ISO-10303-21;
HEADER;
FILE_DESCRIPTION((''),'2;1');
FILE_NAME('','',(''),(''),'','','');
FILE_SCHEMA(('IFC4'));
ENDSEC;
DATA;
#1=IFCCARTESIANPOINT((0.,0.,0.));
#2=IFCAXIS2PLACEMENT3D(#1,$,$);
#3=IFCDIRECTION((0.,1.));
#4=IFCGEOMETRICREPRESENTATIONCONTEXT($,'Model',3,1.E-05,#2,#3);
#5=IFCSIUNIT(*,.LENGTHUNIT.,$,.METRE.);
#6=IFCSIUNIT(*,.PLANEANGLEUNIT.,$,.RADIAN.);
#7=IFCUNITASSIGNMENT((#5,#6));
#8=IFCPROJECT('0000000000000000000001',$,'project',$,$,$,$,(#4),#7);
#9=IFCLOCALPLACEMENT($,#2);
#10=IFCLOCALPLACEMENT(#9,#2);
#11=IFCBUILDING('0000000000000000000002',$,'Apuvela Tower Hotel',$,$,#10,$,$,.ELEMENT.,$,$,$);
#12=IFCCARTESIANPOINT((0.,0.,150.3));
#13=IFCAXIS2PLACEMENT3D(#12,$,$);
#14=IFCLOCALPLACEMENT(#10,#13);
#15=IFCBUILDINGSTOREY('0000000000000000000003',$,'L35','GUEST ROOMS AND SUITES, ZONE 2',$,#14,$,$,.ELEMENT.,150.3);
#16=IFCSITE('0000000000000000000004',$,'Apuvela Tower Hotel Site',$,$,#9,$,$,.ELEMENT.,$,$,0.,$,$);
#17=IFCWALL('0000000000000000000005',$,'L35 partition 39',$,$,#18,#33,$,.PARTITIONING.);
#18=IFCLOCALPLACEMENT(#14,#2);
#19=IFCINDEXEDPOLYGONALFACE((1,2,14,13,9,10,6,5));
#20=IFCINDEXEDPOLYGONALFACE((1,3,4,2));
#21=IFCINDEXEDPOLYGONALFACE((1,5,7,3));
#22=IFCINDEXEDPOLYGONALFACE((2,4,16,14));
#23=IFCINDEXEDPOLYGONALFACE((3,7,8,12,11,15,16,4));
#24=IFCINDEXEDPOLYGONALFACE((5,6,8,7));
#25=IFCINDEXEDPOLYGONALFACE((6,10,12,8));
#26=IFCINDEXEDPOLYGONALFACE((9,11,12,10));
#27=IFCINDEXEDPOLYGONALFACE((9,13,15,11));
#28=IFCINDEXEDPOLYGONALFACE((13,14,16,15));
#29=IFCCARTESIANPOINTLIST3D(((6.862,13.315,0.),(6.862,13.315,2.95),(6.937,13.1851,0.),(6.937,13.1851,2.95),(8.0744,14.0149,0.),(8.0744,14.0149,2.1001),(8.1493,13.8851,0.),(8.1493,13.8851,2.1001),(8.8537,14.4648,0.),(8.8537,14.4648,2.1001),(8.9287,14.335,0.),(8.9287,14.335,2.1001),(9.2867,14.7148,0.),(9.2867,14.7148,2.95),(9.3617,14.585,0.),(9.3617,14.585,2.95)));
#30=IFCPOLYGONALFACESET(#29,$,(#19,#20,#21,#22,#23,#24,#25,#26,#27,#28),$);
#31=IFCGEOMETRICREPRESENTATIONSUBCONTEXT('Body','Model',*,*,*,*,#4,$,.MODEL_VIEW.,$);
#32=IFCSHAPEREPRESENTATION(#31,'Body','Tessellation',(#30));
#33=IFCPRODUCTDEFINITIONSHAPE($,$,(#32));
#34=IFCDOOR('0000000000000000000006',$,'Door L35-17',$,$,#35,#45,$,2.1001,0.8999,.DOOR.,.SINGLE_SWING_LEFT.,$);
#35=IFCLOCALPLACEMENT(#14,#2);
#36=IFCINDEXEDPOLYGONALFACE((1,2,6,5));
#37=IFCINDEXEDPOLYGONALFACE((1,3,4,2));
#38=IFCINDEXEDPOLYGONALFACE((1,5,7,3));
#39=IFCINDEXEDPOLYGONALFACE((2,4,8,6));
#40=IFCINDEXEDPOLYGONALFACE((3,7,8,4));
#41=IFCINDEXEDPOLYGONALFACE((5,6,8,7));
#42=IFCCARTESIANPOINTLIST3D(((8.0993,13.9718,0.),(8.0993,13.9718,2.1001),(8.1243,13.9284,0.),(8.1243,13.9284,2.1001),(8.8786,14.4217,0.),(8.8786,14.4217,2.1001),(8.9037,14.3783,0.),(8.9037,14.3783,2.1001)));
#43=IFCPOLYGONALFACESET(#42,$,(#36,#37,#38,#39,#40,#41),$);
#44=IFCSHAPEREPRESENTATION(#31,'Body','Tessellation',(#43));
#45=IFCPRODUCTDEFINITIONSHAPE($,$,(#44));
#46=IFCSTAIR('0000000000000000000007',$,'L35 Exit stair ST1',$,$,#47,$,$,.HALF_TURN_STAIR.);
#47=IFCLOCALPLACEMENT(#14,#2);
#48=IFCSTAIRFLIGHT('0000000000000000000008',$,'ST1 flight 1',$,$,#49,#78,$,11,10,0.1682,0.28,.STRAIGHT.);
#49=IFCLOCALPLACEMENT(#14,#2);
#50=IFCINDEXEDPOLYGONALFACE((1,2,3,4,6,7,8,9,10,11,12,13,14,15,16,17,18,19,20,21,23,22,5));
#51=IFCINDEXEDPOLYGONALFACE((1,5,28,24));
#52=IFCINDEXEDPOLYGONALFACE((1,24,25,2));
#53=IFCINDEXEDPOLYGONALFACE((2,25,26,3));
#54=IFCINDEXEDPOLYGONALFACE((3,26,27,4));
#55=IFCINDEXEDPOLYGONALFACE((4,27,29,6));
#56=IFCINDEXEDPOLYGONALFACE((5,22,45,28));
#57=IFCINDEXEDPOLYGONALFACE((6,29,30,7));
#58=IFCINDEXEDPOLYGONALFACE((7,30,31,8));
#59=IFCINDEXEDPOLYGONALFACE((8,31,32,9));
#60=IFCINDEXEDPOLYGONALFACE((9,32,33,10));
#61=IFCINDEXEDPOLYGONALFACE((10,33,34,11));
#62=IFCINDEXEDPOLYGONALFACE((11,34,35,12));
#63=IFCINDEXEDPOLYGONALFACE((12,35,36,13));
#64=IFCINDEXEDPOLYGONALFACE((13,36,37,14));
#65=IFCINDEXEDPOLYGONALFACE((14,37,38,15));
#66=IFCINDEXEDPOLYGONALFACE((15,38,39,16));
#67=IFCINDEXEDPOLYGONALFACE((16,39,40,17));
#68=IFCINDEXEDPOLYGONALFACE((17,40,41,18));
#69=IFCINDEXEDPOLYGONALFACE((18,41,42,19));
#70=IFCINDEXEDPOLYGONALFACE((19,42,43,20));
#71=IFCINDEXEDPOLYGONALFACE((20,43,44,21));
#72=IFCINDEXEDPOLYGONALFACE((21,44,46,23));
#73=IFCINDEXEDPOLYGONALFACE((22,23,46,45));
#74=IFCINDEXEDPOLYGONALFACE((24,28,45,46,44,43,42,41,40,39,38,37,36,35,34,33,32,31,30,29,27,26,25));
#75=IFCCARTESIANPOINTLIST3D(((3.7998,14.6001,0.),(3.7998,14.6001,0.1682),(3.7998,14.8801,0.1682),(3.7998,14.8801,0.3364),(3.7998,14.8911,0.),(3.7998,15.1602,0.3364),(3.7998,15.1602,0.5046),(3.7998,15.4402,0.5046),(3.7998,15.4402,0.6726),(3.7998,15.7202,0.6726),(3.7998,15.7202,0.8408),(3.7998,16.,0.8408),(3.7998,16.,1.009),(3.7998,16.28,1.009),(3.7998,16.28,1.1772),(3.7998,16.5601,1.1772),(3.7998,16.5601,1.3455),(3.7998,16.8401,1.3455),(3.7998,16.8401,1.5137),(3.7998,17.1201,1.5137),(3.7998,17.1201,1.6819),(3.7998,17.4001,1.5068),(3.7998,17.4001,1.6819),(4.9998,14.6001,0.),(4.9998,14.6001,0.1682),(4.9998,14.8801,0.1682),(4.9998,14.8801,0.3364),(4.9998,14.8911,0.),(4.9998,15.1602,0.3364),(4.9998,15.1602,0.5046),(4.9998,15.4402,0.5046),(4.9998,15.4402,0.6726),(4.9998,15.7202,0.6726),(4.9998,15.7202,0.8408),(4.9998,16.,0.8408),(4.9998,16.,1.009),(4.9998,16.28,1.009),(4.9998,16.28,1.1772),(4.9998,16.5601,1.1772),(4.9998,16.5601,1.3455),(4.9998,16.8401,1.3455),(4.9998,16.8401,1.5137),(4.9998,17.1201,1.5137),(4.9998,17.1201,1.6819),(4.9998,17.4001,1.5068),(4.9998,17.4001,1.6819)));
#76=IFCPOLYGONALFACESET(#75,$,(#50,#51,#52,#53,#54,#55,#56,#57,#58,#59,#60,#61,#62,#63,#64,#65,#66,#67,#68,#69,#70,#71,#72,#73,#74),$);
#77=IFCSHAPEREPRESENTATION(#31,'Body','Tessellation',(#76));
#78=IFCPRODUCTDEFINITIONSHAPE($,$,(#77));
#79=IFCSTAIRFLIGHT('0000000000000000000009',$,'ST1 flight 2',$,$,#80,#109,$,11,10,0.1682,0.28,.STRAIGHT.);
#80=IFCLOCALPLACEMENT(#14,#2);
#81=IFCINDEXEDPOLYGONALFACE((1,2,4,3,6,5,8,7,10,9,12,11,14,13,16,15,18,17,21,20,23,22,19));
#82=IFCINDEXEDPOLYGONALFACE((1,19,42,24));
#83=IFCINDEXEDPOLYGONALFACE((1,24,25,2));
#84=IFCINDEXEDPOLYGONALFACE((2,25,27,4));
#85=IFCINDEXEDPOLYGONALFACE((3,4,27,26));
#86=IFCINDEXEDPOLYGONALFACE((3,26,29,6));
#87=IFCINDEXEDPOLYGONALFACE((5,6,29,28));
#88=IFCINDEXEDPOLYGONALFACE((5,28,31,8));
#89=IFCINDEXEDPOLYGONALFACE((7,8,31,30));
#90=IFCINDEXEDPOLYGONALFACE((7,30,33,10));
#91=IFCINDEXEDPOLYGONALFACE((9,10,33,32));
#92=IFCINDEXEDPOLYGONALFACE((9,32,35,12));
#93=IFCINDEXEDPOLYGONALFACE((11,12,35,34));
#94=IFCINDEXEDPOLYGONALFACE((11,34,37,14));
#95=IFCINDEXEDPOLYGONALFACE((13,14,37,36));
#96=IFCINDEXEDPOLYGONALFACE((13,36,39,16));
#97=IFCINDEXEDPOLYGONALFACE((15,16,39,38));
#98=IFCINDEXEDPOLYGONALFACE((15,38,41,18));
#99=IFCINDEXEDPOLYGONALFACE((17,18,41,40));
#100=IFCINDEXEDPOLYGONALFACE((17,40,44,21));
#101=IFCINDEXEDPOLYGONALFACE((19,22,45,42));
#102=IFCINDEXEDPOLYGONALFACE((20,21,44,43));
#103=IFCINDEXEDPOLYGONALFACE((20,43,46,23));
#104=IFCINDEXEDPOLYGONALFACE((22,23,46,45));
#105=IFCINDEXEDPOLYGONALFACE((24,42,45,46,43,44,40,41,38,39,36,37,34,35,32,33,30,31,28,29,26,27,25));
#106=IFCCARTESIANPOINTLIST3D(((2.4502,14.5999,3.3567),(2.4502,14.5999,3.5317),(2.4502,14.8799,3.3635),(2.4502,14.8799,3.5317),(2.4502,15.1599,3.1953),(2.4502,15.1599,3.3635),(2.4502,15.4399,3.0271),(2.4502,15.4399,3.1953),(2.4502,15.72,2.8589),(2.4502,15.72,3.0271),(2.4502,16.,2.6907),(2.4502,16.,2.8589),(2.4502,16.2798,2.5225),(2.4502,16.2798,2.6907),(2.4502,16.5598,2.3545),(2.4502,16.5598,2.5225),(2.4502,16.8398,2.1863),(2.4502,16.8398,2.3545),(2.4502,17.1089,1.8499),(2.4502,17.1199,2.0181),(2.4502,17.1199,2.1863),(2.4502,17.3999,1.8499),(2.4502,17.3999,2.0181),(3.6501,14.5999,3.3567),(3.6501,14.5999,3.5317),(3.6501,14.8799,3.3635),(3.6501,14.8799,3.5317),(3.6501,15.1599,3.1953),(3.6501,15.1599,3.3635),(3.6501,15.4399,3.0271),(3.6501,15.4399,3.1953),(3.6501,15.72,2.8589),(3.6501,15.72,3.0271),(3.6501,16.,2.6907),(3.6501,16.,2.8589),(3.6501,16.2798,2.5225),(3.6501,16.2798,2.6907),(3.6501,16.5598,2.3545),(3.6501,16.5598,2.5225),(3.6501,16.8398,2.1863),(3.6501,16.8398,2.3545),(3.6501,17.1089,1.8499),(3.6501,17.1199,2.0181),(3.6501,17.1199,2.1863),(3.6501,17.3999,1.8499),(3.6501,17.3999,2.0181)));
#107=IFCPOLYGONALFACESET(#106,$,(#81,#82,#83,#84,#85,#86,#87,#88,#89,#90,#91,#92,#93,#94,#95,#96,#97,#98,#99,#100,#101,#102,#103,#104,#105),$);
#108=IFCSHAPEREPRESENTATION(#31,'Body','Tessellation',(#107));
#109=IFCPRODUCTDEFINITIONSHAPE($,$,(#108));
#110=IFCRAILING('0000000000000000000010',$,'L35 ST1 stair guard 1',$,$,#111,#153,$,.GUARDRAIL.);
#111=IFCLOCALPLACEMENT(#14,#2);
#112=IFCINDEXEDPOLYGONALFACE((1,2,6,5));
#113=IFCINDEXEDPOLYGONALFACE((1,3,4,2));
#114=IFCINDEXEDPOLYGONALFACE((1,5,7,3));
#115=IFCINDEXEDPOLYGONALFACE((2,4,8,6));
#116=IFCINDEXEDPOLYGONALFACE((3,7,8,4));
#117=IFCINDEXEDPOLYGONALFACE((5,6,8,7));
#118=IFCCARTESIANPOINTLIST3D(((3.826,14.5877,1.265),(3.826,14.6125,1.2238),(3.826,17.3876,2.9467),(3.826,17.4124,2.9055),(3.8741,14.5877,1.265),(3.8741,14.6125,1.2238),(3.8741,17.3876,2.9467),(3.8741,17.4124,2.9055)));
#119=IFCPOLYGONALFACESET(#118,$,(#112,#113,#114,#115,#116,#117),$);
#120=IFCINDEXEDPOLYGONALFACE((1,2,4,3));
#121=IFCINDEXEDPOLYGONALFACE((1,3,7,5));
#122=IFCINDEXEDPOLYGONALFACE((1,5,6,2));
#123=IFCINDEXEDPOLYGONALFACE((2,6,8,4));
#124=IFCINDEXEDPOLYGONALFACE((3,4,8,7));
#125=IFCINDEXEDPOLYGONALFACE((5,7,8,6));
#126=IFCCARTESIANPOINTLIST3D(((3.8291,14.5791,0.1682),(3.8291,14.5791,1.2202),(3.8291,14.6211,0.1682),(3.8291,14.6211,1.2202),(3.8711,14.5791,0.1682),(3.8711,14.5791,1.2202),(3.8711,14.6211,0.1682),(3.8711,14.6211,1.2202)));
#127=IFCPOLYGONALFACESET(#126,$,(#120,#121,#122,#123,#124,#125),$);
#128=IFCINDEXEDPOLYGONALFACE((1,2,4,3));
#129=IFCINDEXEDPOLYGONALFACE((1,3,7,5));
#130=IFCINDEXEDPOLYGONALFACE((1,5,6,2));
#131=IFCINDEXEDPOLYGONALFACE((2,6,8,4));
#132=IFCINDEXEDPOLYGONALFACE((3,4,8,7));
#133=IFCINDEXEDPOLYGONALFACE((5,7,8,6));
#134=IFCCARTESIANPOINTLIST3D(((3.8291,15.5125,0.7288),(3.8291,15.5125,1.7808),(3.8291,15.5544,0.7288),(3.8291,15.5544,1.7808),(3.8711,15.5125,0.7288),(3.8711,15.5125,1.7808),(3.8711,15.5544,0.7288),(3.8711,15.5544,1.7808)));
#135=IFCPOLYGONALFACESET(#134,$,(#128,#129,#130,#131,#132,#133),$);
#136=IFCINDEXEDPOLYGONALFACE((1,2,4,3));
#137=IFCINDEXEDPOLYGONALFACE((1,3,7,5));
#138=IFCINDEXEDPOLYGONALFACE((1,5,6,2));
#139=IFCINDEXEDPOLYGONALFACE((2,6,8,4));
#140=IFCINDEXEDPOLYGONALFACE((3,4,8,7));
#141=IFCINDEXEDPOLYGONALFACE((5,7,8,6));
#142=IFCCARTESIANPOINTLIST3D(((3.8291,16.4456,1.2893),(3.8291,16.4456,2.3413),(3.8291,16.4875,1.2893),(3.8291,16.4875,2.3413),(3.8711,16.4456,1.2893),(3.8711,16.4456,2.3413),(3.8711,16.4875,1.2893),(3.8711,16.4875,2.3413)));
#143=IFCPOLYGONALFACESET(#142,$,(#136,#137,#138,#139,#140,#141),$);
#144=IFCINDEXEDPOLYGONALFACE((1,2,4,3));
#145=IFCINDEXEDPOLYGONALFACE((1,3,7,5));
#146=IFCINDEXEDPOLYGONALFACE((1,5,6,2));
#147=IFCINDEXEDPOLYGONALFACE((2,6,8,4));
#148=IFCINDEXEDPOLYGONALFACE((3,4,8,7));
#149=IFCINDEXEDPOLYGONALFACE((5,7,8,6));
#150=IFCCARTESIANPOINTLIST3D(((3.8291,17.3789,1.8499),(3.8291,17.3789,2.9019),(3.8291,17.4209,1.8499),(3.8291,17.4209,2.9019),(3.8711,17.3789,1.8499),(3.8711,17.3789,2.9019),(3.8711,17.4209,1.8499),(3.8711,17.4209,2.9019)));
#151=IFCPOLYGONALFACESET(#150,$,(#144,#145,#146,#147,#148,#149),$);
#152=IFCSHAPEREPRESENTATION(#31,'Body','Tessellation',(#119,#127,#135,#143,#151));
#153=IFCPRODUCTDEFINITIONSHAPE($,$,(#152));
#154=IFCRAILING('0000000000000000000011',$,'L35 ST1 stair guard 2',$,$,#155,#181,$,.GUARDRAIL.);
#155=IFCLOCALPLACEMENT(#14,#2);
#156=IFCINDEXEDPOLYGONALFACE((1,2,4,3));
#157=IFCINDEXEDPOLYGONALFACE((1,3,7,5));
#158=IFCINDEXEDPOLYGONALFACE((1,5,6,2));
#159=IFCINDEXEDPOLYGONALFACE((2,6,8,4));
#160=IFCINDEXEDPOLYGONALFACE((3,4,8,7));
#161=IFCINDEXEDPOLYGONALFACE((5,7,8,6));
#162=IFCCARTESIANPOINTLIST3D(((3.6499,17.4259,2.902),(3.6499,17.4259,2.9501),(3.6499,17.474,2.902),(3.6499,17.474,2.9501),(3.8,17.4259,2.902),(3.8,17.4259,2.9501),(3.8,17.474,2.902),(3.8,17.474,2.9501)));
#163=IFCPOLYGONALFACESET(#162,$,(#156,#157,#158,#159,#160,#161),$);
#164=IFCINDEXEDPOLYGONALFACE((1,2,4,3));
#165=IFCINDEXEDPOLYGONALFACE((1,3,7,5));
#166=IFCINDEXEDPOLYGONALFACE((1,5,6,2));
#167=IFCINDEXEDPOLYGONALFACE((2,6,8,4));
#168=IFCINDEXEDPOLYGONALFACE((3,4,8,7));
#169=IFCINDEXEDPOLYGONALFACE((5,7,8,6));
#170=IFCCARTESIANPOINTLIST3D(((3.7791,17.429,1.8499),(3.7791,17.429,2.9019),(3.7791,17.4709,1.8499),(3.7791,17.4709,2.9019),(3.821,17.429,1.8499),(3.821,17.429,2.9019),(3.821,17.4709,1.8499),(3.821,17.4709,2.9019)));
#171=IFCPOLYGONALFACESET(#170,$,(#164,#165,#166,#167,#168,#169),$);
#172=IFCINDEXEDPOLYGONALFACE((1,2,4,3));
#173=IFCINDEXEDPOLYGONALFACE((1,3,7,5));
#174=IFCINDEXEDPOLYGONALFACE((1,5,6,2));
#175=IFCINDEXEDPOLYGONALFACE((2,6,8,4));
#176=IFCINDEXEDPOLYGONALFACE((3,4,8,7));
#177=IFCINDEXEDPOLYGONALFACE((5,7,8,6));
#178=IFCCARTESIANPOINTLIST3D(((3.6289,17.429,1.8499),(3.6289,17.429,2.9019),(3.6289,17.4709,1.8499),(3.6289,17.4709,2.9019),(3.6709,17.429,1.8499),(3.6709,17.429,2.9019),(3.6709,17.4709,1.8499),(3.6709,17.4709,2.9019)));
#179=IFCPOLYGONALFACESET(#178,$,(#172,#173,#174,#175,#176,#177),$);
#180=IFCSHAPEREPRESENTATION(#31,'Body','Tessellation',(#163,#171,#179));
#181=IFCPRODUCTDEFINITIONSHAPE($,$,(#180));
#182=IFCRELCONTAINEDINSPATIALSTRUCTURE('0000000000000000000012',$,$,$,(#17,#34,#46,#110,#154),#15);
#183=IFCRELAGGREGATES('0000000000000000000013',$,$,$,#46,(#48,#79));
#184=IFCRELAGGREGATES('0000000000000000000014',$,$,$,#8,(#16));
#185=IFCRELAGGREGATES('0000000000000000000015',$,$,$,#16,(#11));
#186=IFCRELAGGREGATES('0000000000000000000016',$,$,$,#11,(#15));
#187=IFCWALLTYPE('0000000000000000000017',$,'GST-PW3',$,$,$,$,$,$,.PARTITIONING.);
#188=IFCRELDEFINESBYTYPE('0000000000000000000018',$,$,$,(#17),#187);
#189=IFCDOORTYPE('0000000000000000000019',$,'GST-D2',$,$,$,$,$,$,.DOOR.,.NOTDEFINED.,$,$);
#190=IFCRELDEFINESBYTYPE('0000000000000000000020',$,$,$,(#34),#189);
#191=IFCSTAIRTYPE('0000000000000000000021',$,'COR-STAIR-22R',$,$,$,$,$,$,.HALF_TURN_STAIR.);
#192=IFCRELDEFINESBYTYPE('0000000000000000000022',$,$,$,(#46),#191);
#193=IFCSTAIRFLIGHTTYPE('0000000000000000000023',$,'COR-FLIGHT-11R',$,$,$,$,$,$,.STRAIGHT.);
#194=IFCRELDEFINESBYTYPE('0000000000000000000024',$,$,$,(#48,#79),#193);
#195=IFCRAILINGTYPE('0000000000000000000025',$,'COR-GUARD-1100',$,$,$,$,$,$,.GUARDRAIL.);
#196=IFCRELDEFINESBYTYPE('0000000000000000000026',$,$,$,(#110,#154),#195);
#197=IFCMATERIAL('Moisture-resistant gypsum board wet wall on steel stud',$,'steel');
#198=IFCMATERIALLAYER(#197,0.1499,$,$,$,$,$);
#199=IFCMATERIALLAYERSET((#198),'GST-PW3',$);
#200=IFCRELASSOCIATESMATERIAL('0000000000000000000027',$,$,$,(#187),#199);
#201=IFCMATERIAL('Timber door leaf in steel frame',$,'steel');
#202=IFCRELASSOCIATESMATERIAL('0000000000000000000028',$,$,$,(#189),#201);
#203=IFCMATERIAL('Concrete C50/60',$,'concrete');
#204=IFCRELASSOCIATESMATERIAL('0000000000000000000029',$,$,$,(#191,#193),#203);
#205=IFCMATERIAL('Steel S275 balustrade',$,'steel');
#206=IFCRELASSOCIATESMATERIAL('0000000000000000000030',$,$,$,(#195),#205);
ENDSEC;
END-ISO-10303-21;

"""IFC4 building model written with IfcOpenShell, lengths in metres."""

from ifc_helpers import new_model, si_unit, direction, frame, frame_2d, origin, origin_2d, place, context, subcontext, project, spatial, polyline, rectangle, outline, extrude, material, layer, layer_set, type_object, element, fill, aggregate, save


model = new_model("IFC4")

# Units and contexts
model_context = context("Model", 3, precision=1e-05, world=origin(), true_north=direction((0.0, 1.0)))
body_context = subcontext(model_context, "Body", "Model", "MODEL_VIEW")
ifc_project = project(units=[si_unit("LENGTHUNIT", "METRE"), si_unit("PLANEANGLEUNIT", "RADIAN")], contexts=[model_context])

# Site, building, storey
site_placement = place(None, origin())
site = spatial("IfcSite", under=ifc_project, at=site_placement, Name="Apuvela Tower Hotel Site", CompositionType="ELEMENT", RefElevation=0.0)
building_placement = place(site_placement, origin())
building = spatial("IfcBuilding", under=site, at=building_placement, Name="Apuvela Tower Hotel", CompositionType="ELEMENT")
storey_placement = place(building_placement, frame((0.0, 0.0, 150.3)))
storey = spatial("IfcBuildingStorey", under=building, at=storey_placement, Name="L35", Description="GUEST ROOMS AND SUITES, ZONE 2", CompositionType="ELEMENT", Elevation=150.3)

# Shared definitions
ifc_material_1 = material(Name="Concrete C50/60", Category="concrete")

# Wall, opening, door
ifc_material_2 = material(Name="Moisture-resistant gypsum board wet wall on steel stud", Category="steel")
ifc_layer_1 = layer(ifc_material_2, 0.1499)
ifc_layer_set_1 = layer_set([ifc_layer_1], Name="GST-PW3")
wall_type_1 = type_object("IfcWallType", Name="GST-PW3", PredefinedType="PARTITIONING", material=ifc_layer_set_1)
wall_1_placement = place(storey_placement, frame((9.3242, 14.6499, 0.0), z_axis=(0.0, 0.0, 1.0), x_axis=(-0.866035, -0.499984, 0.0)))
wall_1 = element("IfcWall", 1, at=wall_1_placement, inside=storey, type_object=wall_type_1, Name="L35 partition 39", PredefinedType="PARTITIONING", context=body_context, shape_type="SweptSolid", body=[
    extrude(rectangle(XDim=2.7998, YDim=0.1499, at=frame_2d((1.3999, 0.0))), origin(), (0.0, 0.0, 1.0), 2.95),
])
opening_1_placement = place(wall_1_placement, frame((0.5, 0.0, 0.0)))
opening_1 = element("IfcOpeningElement", 2, at=opening_1_placement, cuts=wall_1, PredefinedType="OPENING", context=body_context, shape_type="SweptSolid", body=[
    extrude(rectangle(XDim=0.8999, YDim=2.1001, at=frame_2d((0.45, 1.05))), frame((0.0, 0.085, 0.0), z_axis=(0.0, -1.0, 0.0), x_axis=(1.0, 0.0, 0.0)), (0.0, 0.0, 1.0), 0.1699),
])
ifc_material_3 = material(Name="Timber door leaf in steel frame", Category="steel")
door_type_1 = type_object("IfcDoorType", Name="GST-D2", OperationType="NOTDEFINED", PredefinedType="DOOR", material=ifc_material_3)
door_1_placement = place(opening_1_placement, origin())
door_1 = element("IfcDoor", 3, at=door_1_placement, inside=storey, type_object=door_type_1, Name="Door L35-17", OperationType="SINGLE_SWING_LEFT", OverallHeight=2.1001, OverallWidth=0.8999, PredefinedType="DOOR", context=body_context, shape_type="SweptSolid", body=[
    extrude(rectangle(XDim=0.8999, YDim=2.1001, at=frame_2d((0.45, 1.05))), frame((0.0, 0.0249, 0.0), z_axis=(0.0, -1.0, 0.0), x_axis=(1.0, 0.0, 0.0)), (0.0, 0.0, 1.0), 0.05),
])
fill(opening_1, door_1)

# Stair, stair flights
stair_type = type_object("IfcStairType", Name="COR-STAIR-22R", PredefinedType="HALF_TURN_STAIR", material=ifc_material_1)
stair_placement = place(storey_placement, origin())
stair = element("IfcStair", 4, at=stair_placement, inside=storey, type_object=stair_type, Name="L35 Exit stair ST1", PredefinedType="HALF_TURN_STAIR")
stair_flight_type = type_object("IfcStairFlightType", Name="COR-FLIGHT-11R", PredefinedType="STRAIGHT", material=ifc_material_1)
stair_flight_1_placement = place(storey_placement, frame((4.3999, 14.6001, 0.0), z_axis=(0.0, 0.0, 1.0), x_axis=(0.0, 1.0, 0.0)))
stair_flight_1 = element("IfcStairFlight", 5, at=stair_flight_1_placement, type_object=stair_flight_type, Name="ST1 flight 1", NumberOfRisers=11, NumberOfTreads=10, PredefinedType="STRAIGHT", RiserHeight=0.1682, TreadLength=0.28, context=body_context, shape_type="SweptSolid", body=[
    extrude(outline(polyline([(0.0, 0.0), (0.0, 0.1682), (0.28, 0.1682), (0.28, 0.3364), (0.5601, 0.3364), (0.5601, 0.5046), (0.8401, 0.5046), (0.8401, 0.6726), (1.1201, 0.6726), (1.1201, 0.8408), (1.3999, 0.8408), (1.3999, 1.009), (1.6799, 1.009), (1.6799, 1.1772), (1.96, 1.1772), (1.96, 1.3455), (2.24, 1.3455), (2.24, 1.5137), (2.52, 1.5137), (2.52, 1.6819), (2.8, 1.6819), (2.8, 1.8501), (2.8, 1.5068), (0.291, 0.0), (0.0, 0.0)])), frame((0.0, 0.6001, 0.0), z_axis=(0.0, -1.0, 0.0), x_axis=(1.0, 0.0, 0.0)), (0.0, 0.0, 1.0), 1.2),
])
stair_flight_2_placement = place(storey_placement, frame((3.05, 17.3999, 1.8499), z_axis=(0.0, 0.0, 1.0), x_axis=(0.0, -1.0, 0.0)))
stair_flight_2 = element("IfcStairFlight", 6, at=stair_flight_2_placement, type_object=stair_flight_type, Name="ST1 flight 2", NumberOfRisers=11, NumberOfTreads=10, PredefinedType="STRAIGHT", RiserHeight=0.1682, TreadLength=0.28, context=body_context, shape_type="SweptSolid", body=[
    extrude(outline(polyline([(0.0, 0.0), (0.0, 0.1682), (0.28, 0.1682), (0.28, 0.3364), (0.5601, 0.3364), (0.5601, 0.5046), (0.8401, 0.5046), (0.8401, 0.6726), (1.1201, 0.6726), (1.1201, 0.8408), (1.3999, 0.8408), (1.3999, 1.009), (1.6799, 1.009), (1.6799, 1.1772), (1.96, 1.1772), (1.96, 1.3455), (2.24, 1.3455), (2.24, 1.5137), (2.52, 1.5137), (2.52, 1.6819), (2.8, 1.6819), (2.8, 1.8501), (2.8, 1.5068), (0.291, 0.0), (0.0, 0.0)])), frame((0.0, 0.6001, 0.0), z_axis=(0.0, -1.0, 0.0), x_axis=(1.0, 0.0, 0.0)), (0.0, 0.0, 1.0), 1.2),
])
aggregate(stair, [stair_flight_1, stair_flight_2])

# Railings
ifc_material_4 = material(Name="Steel S275 balustrade", Category="steel")
railing_type_1 = type_object("IfcRailingType", Name="COR-GUARD-1100", PredefinedType="GUARDRAIL", material=ifc_material_4)
railing_1_placement = place(storey_placement, frame((3.8501, 14.6001, 0.1682)))
element("IfcRailing", 7, at=railing_1_placement, inside=storey, type_object=railing_type_1, Name="L35 ST1 stair guard 1", PredefinedType="GUARDRAIL", context=body_context, shape_type="SweptSolid", body=[
    extrude(rectangle(XDim=0.0481, YDim=0.0481, at=origin_2d()), frame((0.0, 0.0, 1.0762), z_axis=(0.0, 0.857255, 0.514891), x_axis=(-1.0, 0.0, 0.0)), (0.0, 0.0, 1.0), 3.2661),
    extrude(rectangle(XDim=0.042, YDim=0.042, at=origin_2d()), origin(), (0.0, 0.0, 1.0), 1.052),
    extrude(rectangle(XDim=0.042, YDim=0.042, at=origin_2d()), frame((0.0, 0.9333, 0.5605)), (0.0, 0.0, 1.0), 1.052),
    extrude(rectangle(XDim=0.042, YDim=0.042, at=origin_2d()), frame((0.0, 1.8665, 1.1211)), (0.0, 0.0, 1.0), 1.052),
    extrude(rectangle(XDim=0.042, YDim=0.042, at=origin_2d()), frame((0.0, 2.7998, 1.6816)), (0.0, 0.0, 1.0), 1.052),
])
railing_2_placement = place(storey_placement, frame((3.8, 17.45, 1.8499)))
element("IfcRailing", 8, at=railing_2_placement, inside=storey, type_object=railing_type_1, Name="L35 ST1 stair guard 2", PredefinedType="GUARDRAIL", context=body_context, shape_type="SweptSolid", body=[
    extrude(rectangle(XDim=0.0481, YDim=0.0481, at=origin_2d()), frame((0.0, 0.0, 1.0762), z_axis=(-1.0, 0.0, 0.0), x_axis=(0.0, -1.0, 0.0)), (0.0, 0.0, 1.0), 0.1501),
    extrude(rectangle(XDim=0.042, YDim=0.042, at=origin_2d()), origin(), (0.0, 0.0, 1.0), 1.052),
    extrude(rectangle(XDim=0.042, YDim=0.042, at=origin_2d()), frame((-0.1501, 0.0, 0.0)), (0.0, 0.0, 1.0), 1.052),
])

save(model, "model.ifc")
